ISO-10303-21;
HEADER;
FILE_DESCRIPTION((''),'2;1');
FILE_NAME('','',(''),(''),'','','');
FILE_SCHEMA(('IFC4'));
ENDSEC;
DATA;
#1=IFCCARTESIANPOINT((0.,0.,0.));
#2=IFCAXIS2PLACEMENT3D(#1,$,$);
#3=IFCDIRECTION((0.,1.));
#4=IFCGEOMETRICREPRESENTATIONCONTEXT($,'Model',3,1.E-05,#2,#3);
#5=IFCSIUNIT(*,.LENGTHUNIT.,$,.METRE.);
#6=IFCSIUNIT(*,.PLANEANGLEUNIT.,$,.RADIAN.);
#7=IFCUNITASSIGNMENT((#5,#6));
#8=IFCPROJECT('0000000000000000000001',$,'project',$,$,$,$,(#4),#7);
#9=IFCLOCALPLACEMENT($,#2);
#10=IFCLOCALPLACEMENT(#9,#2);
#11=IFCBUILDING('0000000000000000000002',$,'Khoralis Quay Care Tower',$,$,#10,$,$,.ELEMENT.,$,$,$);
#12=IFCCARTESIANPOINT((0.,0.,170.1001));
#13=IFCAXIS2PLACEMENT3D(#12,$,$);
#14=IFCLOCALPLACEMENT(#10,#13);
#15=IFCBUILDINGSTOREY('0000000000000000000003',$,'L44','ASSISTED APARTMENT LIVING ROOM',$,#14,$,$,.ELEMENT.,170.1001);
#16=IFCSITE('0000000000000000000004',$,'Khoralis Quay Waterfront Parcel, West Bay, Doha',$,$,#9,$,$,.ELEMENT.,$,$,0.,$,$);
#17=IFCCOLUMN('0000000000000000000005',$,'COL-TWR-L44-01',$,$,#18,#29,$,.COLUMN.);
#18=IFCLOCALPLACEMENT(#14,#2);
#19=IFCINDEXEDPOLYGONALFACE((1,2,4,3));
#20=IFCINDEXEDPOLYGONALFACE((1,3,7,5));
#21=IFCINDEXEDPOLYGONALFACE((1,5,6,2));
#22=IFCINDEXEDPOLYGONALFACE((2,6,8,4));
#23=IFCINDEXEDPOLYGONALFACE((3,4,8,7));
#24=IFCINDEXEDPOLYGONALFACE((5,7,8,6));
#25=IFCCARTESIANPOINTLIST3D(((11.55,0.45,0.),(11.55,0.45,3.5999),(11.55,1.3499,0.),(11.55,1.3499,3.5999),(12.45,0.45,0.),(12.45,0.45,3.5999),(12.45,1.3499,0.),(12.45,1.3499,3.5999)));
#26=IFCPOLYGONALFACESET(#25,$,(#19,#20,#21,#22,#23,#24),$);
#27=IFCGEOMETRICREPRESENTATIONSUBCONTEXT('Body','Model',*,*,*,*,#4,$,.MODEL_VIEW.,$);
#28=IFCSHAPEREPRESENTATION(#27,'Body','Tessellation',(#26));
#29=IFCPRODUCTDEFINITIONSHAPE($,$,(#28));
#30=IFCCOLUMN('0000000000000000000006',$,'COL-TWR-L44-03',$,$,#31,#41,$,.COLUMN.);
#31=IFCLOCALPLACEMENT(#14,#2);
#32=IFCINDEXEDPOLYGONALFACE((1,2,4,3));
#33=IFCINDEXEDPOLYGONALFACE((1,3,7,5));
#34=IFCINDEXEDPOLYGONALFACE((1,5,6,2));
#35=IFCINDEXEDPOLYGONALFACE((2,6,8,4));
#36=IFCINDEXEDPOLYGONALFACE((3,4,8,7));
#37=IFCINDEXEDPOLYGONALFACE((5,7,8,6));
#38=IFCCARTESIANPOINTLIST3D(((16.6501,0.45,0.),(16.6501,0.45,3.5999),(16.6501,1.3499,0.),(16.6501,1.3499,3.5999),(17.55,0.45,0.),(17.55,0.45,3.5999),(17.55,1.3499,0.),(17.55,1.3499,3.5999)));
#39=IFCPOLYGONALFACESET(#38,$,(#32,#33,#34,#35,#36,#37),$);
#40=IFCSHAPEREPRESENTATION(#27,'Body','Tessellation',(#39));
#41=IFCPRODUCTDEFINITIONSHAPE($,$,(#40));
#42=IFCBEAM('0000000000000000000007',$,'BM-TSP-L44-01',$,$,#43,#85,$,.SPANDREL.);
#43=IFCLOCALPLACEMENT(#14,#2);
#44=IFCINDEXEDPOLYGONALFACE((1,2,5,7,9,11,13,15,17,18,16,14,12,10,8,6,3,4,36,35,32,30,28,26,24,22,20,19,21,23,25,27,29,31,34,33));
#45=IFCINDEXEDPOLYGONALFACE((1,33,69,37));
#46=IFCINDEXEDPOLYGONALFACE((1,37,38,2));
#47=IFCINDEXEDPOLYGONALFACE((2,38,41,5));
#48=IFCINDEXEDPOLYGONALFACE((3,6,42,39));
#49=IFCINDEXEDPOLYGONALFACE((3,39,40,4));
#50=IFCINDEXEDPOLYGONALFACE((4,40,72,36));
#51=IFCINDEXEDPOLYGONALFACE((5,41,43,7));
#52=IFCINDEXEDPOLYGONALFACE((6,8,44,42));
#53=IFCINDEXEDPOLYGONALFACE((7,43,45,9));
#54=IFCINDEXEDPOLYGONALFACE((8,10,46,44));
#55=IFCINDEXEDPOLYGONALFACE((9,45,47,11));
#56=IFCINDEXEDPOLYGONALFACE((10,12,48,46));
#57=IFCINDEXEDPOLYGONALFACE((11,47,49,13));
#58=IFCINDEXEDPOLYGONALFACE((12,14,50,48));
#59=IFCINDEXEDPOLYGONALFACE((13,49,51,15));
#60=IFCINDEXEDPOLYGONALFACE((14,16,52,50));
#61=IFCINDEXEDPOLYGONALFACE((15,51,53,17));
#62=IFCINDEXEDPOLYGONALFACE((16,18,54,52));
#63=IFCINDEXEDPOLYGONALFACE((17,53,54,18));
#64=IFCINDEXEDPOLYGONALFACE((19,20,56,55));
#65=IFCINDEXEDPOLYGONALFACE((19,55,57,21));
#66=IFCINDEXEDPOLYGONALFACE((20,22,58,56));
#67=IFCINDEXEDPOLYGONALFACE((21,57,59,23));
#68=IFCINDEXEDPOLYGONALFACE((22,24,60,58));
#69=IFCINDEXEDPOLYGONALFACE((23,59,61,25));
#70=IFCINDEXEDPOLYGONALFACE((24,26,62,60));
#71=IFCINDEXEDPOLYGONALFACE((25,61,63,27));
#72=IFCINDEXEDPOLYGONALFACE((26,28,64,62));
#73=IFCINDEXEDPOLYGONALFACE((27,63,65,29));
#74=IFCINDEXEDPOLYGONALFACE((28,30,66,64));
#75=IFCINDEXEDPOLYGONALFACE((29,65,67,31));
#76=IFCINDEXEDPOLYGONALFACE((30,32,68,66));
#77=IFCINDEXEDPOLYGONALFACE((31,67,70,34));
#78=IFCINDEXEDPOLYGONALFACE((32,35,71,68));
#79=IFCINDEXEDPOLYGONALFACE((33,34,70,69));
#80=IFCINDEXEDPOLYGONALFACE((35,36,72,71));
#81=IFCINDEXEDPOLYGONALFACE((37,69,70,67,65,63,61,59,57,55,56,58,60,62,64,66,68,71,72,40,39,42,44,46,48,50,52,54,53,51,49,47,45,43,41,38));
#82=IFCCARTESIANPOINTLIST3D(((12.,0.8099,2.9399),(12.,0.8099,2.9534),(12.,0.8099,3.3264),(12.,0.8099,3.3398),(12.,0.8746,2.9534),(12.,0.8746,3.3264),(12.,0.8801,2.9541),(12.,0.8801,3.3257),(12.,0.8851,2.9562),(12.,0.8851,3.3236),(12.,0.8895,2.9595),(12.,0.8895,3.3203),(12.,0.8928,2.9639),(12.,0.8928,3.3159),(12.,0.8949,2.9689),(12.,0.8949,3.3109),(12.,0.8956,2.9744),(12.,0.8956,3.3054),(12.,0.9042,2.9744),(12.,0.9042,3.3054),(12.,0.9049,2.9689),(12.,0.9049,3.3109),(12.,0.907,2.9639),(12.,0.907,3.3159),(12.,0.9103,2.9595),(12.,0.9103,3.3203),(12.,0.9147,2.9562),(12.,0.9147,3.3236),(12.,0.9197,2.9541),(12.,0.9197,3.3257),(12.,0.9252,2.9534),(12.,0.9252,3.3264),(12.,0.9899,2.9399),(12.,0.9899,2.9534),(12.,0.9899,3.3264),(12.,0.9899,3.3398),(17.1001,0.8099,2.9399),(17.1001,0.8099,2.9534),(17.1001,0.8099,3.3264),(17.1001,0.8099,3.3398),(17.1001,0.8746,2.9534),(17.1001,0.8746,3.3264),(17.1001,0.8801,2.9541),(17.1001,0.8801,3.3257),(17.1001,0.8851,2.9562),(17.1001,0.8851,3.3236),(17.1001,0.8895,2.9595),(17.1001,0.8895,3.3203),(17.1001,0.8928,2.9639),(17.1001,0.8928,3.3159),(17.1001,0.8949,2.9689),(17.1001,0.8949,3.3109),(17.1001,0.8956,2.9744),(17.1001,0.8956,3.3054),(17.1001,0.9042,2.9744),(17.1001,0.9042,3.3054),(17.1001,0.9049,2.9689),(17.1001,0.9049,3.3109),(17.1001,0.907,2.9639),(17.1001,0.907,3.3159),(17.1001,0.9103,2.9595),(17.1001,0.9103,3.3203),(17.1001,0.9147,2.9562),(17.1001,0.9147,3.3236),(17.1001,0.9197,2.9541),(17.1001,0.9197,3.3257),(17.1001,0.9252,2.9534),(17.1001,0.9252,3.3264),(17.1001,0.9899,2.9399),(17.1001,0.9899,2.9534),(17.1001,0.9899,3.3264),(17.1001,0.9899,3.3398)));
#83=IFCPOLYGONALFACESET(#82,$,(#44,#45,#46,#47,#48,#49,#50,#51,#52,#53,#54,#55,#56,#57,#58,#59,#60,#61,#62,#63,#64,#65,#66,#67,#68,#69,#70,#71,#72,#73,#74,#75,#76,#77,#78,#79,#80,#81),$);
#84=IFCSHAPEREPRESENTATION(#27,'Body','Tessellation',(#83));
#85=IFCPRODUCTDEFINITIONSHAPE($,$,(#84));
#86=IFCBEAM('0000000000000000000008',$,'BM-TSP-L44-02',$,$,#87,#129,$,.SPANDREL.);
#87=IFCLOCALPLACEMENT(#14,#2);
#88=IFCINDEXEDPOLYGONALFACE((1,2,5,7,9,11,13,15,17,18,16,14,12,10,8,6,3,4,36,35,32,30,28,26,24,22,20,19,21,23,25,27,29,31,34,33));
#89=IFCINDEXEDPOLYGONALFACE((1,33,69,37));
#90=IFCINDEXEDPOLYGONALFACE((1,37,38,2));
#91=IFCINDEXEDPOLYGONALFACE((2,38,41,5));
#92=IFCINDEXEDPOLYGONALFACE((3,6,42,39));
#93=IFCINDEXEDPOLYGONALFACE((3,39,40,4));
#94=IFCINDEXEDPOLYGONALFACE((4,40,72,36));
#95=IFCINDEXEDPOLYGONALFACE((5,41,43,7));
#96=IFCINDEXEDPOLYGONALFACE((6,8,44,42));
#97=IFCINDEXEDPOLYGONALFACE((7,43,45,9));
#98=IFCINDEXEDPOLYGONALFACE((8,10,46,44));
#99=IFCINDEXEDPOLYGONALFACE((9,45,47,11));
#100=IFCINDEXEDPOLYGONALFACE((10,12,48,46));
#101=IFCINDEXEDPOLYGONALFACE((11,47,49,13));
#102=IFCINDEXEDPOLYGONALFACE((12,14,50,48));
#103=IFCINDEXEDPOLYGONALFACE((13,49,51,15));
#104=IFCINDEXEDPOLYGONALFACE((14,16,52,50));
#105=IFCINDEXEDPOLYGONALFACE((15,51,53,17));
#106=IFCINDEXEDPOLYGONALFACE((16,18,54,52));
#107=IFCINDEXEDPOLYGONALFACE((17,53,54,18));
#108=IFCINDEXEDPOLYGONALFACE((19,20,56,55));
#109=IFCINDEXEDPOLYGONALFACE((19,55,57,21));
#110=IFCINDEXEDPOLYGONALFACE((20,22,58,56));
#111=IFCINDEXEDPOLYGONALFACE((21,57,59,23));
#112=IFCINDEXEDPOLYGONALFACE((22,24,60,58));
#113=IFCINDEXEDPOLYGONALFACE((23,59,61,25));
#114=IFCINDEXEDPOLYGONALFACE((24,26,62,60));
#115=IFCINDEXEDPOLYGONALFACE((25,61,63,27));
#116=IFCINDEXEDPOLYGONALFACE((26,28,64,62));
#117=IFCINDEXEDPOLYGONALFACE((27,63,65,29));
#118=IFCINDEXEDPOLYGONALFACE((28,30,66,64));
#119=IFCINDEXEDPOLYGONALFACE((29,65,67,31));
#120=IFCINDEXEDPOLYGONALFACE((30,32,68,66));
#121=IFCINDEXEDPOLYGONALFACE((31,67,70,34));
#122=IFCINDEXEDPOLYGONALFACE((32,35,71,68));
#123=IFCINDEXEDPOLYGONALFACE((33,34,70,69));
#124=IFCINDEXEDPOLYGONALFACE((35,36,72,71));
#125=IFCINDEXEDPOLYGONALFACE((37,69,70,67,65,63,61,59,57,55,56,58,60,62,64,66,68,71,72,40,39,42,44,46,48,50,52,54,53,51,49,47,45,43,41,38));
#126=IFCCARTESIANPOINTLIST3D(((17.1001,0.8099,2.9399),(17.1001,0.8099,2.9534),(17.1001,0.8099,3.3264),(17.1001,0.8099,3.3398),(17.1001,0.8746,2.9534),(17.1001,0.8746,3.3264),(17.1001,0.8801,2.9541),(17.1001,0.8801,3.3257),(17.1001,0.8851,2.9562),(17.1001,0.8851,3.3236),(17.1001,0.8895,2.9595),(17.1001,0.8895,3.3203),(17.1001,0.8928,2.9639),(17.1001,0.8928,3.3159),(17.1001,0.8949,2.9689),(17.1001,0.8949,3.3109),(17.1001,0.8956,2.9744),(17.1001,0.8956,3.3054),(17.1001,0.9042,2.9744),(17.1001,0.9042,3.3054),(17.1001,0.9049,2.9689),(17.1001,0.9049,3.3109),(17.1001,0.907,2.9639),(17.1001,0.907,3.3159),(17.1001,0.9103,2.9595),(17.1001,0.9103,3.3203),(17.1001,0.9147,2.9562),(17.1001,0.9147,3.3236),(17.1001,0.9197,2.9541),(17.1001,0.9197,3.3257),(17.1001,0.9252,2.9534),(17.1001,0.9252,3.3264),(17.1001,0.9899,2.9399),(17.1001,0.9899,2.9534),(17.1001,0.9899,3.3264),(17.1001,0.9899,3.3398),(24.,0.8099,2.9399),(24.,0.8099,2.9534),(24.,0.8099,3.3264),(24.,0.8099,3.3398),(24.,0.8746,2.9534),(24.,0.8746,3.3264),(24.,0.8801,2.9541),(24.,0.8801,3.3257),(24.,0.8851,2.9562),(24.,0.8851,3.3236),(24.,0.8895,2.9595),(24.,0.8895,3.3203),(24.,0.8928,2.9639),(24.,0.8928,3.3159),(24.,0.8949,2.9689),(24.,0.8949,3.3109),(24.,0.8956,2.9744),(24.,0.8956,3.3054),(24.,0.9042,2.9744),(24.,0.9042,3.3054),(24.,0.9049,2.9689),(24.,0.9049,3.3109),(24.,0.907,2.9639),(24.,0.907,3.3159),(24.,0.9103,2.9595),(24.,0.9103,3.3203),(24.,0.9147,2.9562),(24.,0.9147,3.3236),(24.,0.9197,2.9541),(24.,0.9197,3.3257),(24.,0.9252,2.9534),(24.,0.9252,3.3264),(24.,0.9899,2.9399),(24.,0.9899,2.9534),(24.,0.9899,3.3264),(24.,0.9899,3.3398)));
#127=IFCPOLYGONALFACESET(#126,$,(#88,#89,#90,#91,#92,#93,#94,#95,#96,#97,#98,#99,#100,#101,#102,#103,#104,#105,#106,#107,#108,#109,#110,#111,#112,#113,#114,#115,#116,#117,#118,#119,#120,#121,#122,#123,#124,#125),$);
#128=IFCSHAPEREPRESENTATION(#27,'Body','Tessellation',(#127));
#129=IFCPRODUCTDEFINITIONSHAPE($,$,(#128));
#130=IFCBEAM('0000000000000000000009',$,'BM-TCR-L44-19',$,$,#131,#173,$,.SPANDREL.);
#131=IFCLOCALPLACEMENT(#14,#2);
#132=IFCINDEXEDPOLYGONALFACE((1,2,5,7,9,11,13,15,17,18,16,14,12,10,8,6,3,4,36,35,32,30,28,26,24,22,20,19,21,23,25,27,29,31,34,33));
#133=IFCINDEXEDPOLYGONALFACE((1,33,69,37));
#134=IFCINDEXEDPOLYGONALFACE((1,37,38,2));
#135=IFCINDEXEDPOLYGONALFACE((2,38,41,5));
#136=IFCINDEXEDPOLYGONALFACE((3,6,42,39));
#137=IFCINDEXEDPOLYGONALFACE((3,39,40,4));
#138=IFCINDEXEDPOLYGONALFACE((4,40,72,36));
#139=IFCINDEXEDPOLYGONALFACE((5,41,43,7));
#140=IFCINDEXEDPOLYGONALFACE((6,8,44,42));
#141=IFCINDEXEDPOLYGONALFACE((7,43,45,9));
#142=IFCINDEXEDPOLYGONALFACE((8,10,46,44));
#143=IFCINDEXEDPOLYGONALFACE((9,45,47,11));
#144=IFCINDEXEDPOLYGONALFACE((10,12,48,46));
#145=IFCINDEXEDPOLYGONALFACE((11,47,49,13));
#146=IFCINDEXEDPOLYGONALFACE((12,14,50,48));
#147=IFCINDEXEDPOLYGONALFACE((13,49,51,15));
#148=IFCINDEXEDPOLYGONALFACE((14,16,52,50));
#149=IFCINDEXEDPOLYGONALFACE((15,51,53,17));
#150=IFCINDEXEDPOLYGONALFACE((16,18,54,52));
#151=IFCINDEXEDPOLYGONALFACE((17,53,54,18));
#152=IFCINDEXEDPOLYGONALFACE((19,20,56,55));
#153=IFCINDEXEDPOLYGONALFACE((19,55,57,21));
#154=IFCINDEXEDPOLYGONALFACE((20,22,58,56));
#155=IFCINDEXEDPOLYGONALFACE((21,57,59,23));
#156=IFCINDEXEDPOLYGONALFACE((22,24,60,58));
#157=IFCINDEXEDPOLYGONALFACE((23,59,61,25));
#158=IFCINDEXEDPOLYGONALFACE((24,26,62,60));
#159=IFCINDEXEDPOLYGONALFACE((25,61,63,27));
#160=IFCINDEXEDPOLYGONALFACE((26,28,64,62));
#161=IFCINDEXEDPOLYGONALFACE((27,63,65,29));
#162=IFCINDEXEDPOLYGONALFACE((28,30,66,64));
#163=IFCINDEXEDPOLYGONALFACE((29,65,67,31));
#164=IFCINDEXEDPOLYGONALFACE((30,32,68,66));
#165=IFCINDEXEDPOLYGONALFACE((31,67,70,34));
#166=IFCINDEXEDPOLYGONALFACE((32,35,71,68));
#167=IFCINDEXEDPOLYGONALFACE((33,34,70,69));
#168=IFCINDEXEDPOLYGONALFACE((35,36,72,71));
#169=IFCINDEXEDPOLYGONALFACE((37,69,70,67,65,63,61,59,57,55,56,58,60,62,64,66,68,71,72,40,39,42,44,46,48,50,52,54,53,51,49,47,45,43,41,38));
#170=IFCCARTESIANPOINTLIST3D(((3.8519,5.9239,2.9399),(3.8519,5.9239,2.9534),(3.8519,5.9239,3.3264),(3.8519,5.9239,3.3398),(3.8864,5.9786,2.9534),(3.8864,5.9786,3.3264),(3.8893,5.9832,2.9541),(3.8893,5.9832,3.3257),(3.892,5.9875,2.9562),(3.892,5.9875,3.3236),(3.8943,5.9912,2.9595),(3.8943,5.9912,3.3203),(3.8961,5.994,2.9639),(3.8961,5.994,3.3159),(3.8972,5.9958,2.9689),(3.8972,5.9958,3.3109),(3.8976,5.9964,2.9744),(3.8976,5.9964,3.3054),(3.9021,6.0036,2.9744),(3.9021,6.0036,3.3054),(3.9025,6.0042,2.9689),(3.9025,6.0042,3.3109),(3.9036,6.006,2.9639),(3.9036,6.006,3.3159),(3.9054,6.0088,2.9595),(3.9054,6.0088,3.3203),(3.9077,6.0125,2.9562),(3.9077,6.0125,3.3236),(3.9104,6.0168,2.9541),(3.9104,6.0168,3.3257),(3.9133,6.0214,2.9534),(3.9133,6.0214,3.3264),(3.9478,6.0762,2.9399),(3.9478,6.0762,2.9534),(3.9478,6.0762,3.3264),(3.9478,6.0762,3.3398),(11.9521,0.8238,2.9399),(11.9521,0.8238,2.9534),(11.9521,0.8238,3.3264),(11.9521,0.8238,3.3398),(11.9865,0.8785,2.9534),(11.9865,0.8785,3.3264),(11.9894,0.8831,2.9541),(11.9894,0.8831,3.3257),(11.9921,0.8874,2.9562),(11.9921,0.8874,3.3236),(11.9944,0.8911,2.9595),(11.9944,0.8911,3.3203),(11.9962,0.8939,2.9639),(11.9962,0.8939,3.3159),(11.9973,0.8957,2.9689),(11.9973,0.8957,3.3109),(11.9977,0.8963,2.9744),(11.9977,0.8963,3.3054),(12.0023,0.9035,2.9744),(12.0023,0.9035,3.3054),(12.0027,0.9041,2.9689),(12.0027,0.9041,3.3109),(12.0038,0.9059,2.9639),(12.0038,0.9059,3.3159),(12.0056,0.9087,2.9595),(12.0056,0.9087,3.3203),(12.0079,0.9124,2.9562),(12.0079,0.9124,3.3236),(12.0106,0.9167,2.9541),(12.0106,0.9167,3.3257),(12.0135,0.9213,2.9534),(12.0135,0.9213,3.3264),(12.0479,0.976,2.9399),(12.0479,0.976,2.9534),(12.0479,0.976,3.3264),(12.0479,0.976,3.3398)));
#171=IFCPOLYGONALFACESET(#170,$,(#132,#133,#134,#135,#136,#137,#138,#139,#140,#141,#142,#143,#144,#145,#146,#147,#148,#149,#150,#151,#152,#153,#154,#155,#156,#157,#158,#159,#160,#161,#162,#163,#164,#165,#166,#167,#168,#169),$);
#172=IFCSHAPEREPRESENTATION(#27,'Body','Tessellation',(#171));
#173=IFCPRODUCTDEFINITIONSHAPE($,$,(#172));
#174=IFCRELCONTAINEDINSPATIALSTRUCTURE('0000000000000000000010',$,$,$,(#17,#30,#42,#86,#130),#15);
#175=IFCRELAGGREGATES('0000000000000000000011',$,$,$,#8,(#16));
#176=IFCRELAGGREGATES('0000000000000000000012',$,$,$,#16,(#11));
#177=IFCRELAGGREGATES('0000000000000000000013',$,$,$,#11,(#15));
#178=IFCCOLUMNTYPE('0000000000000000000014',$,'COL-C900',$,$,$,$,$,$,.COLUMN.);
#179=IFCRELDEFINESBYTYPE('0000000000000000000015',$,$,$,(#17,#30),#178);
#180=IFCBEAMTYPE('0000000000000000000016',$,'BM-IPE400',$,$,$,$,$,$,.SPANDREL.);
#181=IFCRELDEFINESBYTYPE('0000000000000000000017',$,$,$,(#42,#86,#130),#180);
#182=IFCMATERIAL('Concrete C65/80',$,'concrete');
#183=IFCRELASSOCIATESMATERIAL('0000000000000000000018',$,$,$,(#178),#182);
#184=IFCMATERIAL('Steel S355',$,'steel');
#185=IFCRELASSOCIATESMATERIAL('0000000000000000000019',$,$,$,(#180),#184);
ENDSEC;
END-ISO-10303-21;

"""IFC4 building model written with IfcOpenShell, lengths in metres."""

from ifc_helpers import new_model, si_unit, direction, frame, origin, origin_2d, place, context, subcontext, project, spatial, rectangle, i_section, extrude, source, transform, mapped, material, material_profile, profile_set, type_object, element, save


model = new_model("IFC4")

# Units and contexts
model_context = context("Model", 3, precision=1e-05, world=origin(), true_north=direction((0.0, 1.0)))
body_context = subcontext(model_context, "Body", "Model", "MODEL_VIEW")
ifc_project = project(units=[si_unit("LENGTHUNIT", "METRE"), si_unit("PLANEANGLEUNIT", "RADIAN")], contexts=[model_context])

# Site, building, storey
site_placement = place(None, origin())
site = spatial("IfcSite", under=ifc_project, at=site_placement, Name="Khoralis Quay Waterfront Parcel, West Bay, Doha", CompositionType="ELEMENT", RefElevation=0.0)
building_placement = place(site_placement, origin())
building = spatial("IfcBuilding", under=site, at=building_placement, Name="Khoralis Quay Care Tower", CompositionType="ELEMENT")
storey_placement = place(building_placement, frame((0.0, 0.0, 170.1001)))
storey = spatial("IfcBuildingStorey", under=building, at=storey_placement, Name="L44", Description="ASSISTED APARTMENT LIVING ROOM", CompositionType="ELEMENT", Elevation=170.1001)

# Columns
ifc_material_1 = material(Name="Concrete C65/80", Category="concrete")
ifc_material_profile_1 = material_profile(ifc_material_1, rectangle(XDim=0.8999, YDim=0.8999, at=origin_2d()), Name="Concrete C65/80")
ifc_profile_set_1 = profile_set([ifc_material_profile_1], Name="Concrete C65/80")
column_type = type_object("IfcColumnType", Name="COL-C900", PredefinedType="COLUMN", material=ifc_profile_set_1)
shared_shape_1 = source(origin(), body_context, "Body", "SweptSolid", [
    extrude(rectangle(XDim=0.8999, YDim=0.8999, at=origin_2d()), origin(), (0.0, 0.0, 1.0), 3.5999),
])
for number, where, z_axis, x_axis, name in (
    (1, (12.0, 0.8999, 0.0), (0.0, 0.0, 1.0), (1.0, 0.0, 0.0), "COL-TWR-L44-01"),
    (2, (17.1001, 0.8999, 0.0), (0.0, 0.0, 1.0), (1.0, 0.0, 0.0), "COL-TWR-L44-03"),
):
    element("IfcColumn", number, at=place(storey_placement, frame(where, z_axis=z_axis, x_axis=x_axis)), inside=storey, type_object=column_type, Name=name, PredefinedType="COLUMN", context=body_context, shape_type="MappedRepresentation", body=[
        mapped(shared_shape_1, transform((0.0, 0.0, 0.0), scale=1.0)),
    ])

# Beams
ifc_material_2 = material(Name="Steel S355", Category="steel")
ifc_material_profile_2 = material_profile(ifc_material_2, i_section(OverallWidth=0.1799, OverallDepth=0.3999, WebThickness=0.0085, FlangeThickness=0.0134, FilletRadius=0.021, at=origin_2d()), Name="Steel S355")
ifc_profile_set_2 = profile_set([ifc_material_profile_2], Name="Steel S355")
beam_type_1 = type_object("IfcBeamType", Name="BM-IPE400", PredefinedType="SPANDREL", material=ifc_profile_set_2)
shared_shape_2 = source(origin(), body_context, "Body", "SweptSolid", [
    extrude(i_section(OverallWidth=0.1799, OverallDepth=0.3999, WebThickness=0.0085, FlangeThickness=0.0134, FilletRadius=0.021, at=origin_2d()), origin(), (0.0, 0.0, 1.0), 5.1001),
])
beam_1_placement = place(storey_placement, frame((12.0, 0.8999, 3.1399), z_axis=(1.0, 0.0, 0.0), x_axis=(0.0, 1.0, 0.0)))
element("IfcBeam", 3, at=beam_1_placement, inside=storey, type_object=beam_type_1, Name="BM-TSP-L44-01", PredefinedType="SPANDREL", context=body_context, shape_type="MappedRepresentation", body=[
    mapped(shared_shape_2, transform((0.0, 0.0, 0.0), scale=1.0)),
])
shared_shape_3 = source(origin(), body_context, "Body", "SweptSolid", [
    extrude(i_section(OverallWidth=0.1799, OverallDepth=0.3999, WebThickness=0.0085, FlangeThickness=0.0134, FilletRadius=0.021, at=origin_2d()), origin(), (0.0, 0.0, 1.0), 6.8999),
])
beam_2_placement = place(storey_placement, frame((17.1001, 0.8999, 3.1399), z_axis=(1.0, 0.0, 0.0), x_axis=(0.0, 1.0, 0.0)))
element("IfcBeam", 4, at=beam_2_placement, inside=storey, type_object=beam_type_1, Name="BM-TSP-L44-02", PredefinedType="SPANDREL", context=body_context, shape_type="MappedRepresentation", body=[
    mapped(shared_shape_3, transform((0.0, 0.0, 0.0), scale=1.0)),
])
shared_shape_4 = source(origin(), body_context, "Body", "SweptSolid", [
    extrude(i_section(OverallWidth=0.1799, OverallDepth=0.3999, WebThickness=0.0085, FlangeThickness=0.0134, FilletRadius=0.021, at=origin_2d()), origin(), (0.0, 0.0, 1.0), 9.572),
])
beam_3_placement = place(storey_placement, frame((12.0, 0.8999, 3.1399), z_axis=(-0.846231, 0.532816, 0.0), x_axis=(-0.532816, -0.846231, 0.0)))
element("IfcBeam", 5, at=beam_3_placement, inside=storey, type_object=beam_type_1, Name="BM-TCR-L44-19", PredefinedType="SPANDREL", context=body_context, shape_type="MappedRepresentation", body=[
    mapped(shared_shape_4, transform((0.0, 0.0, 0.0), scale=1.0)),
])

save(model, "model.ifc")
